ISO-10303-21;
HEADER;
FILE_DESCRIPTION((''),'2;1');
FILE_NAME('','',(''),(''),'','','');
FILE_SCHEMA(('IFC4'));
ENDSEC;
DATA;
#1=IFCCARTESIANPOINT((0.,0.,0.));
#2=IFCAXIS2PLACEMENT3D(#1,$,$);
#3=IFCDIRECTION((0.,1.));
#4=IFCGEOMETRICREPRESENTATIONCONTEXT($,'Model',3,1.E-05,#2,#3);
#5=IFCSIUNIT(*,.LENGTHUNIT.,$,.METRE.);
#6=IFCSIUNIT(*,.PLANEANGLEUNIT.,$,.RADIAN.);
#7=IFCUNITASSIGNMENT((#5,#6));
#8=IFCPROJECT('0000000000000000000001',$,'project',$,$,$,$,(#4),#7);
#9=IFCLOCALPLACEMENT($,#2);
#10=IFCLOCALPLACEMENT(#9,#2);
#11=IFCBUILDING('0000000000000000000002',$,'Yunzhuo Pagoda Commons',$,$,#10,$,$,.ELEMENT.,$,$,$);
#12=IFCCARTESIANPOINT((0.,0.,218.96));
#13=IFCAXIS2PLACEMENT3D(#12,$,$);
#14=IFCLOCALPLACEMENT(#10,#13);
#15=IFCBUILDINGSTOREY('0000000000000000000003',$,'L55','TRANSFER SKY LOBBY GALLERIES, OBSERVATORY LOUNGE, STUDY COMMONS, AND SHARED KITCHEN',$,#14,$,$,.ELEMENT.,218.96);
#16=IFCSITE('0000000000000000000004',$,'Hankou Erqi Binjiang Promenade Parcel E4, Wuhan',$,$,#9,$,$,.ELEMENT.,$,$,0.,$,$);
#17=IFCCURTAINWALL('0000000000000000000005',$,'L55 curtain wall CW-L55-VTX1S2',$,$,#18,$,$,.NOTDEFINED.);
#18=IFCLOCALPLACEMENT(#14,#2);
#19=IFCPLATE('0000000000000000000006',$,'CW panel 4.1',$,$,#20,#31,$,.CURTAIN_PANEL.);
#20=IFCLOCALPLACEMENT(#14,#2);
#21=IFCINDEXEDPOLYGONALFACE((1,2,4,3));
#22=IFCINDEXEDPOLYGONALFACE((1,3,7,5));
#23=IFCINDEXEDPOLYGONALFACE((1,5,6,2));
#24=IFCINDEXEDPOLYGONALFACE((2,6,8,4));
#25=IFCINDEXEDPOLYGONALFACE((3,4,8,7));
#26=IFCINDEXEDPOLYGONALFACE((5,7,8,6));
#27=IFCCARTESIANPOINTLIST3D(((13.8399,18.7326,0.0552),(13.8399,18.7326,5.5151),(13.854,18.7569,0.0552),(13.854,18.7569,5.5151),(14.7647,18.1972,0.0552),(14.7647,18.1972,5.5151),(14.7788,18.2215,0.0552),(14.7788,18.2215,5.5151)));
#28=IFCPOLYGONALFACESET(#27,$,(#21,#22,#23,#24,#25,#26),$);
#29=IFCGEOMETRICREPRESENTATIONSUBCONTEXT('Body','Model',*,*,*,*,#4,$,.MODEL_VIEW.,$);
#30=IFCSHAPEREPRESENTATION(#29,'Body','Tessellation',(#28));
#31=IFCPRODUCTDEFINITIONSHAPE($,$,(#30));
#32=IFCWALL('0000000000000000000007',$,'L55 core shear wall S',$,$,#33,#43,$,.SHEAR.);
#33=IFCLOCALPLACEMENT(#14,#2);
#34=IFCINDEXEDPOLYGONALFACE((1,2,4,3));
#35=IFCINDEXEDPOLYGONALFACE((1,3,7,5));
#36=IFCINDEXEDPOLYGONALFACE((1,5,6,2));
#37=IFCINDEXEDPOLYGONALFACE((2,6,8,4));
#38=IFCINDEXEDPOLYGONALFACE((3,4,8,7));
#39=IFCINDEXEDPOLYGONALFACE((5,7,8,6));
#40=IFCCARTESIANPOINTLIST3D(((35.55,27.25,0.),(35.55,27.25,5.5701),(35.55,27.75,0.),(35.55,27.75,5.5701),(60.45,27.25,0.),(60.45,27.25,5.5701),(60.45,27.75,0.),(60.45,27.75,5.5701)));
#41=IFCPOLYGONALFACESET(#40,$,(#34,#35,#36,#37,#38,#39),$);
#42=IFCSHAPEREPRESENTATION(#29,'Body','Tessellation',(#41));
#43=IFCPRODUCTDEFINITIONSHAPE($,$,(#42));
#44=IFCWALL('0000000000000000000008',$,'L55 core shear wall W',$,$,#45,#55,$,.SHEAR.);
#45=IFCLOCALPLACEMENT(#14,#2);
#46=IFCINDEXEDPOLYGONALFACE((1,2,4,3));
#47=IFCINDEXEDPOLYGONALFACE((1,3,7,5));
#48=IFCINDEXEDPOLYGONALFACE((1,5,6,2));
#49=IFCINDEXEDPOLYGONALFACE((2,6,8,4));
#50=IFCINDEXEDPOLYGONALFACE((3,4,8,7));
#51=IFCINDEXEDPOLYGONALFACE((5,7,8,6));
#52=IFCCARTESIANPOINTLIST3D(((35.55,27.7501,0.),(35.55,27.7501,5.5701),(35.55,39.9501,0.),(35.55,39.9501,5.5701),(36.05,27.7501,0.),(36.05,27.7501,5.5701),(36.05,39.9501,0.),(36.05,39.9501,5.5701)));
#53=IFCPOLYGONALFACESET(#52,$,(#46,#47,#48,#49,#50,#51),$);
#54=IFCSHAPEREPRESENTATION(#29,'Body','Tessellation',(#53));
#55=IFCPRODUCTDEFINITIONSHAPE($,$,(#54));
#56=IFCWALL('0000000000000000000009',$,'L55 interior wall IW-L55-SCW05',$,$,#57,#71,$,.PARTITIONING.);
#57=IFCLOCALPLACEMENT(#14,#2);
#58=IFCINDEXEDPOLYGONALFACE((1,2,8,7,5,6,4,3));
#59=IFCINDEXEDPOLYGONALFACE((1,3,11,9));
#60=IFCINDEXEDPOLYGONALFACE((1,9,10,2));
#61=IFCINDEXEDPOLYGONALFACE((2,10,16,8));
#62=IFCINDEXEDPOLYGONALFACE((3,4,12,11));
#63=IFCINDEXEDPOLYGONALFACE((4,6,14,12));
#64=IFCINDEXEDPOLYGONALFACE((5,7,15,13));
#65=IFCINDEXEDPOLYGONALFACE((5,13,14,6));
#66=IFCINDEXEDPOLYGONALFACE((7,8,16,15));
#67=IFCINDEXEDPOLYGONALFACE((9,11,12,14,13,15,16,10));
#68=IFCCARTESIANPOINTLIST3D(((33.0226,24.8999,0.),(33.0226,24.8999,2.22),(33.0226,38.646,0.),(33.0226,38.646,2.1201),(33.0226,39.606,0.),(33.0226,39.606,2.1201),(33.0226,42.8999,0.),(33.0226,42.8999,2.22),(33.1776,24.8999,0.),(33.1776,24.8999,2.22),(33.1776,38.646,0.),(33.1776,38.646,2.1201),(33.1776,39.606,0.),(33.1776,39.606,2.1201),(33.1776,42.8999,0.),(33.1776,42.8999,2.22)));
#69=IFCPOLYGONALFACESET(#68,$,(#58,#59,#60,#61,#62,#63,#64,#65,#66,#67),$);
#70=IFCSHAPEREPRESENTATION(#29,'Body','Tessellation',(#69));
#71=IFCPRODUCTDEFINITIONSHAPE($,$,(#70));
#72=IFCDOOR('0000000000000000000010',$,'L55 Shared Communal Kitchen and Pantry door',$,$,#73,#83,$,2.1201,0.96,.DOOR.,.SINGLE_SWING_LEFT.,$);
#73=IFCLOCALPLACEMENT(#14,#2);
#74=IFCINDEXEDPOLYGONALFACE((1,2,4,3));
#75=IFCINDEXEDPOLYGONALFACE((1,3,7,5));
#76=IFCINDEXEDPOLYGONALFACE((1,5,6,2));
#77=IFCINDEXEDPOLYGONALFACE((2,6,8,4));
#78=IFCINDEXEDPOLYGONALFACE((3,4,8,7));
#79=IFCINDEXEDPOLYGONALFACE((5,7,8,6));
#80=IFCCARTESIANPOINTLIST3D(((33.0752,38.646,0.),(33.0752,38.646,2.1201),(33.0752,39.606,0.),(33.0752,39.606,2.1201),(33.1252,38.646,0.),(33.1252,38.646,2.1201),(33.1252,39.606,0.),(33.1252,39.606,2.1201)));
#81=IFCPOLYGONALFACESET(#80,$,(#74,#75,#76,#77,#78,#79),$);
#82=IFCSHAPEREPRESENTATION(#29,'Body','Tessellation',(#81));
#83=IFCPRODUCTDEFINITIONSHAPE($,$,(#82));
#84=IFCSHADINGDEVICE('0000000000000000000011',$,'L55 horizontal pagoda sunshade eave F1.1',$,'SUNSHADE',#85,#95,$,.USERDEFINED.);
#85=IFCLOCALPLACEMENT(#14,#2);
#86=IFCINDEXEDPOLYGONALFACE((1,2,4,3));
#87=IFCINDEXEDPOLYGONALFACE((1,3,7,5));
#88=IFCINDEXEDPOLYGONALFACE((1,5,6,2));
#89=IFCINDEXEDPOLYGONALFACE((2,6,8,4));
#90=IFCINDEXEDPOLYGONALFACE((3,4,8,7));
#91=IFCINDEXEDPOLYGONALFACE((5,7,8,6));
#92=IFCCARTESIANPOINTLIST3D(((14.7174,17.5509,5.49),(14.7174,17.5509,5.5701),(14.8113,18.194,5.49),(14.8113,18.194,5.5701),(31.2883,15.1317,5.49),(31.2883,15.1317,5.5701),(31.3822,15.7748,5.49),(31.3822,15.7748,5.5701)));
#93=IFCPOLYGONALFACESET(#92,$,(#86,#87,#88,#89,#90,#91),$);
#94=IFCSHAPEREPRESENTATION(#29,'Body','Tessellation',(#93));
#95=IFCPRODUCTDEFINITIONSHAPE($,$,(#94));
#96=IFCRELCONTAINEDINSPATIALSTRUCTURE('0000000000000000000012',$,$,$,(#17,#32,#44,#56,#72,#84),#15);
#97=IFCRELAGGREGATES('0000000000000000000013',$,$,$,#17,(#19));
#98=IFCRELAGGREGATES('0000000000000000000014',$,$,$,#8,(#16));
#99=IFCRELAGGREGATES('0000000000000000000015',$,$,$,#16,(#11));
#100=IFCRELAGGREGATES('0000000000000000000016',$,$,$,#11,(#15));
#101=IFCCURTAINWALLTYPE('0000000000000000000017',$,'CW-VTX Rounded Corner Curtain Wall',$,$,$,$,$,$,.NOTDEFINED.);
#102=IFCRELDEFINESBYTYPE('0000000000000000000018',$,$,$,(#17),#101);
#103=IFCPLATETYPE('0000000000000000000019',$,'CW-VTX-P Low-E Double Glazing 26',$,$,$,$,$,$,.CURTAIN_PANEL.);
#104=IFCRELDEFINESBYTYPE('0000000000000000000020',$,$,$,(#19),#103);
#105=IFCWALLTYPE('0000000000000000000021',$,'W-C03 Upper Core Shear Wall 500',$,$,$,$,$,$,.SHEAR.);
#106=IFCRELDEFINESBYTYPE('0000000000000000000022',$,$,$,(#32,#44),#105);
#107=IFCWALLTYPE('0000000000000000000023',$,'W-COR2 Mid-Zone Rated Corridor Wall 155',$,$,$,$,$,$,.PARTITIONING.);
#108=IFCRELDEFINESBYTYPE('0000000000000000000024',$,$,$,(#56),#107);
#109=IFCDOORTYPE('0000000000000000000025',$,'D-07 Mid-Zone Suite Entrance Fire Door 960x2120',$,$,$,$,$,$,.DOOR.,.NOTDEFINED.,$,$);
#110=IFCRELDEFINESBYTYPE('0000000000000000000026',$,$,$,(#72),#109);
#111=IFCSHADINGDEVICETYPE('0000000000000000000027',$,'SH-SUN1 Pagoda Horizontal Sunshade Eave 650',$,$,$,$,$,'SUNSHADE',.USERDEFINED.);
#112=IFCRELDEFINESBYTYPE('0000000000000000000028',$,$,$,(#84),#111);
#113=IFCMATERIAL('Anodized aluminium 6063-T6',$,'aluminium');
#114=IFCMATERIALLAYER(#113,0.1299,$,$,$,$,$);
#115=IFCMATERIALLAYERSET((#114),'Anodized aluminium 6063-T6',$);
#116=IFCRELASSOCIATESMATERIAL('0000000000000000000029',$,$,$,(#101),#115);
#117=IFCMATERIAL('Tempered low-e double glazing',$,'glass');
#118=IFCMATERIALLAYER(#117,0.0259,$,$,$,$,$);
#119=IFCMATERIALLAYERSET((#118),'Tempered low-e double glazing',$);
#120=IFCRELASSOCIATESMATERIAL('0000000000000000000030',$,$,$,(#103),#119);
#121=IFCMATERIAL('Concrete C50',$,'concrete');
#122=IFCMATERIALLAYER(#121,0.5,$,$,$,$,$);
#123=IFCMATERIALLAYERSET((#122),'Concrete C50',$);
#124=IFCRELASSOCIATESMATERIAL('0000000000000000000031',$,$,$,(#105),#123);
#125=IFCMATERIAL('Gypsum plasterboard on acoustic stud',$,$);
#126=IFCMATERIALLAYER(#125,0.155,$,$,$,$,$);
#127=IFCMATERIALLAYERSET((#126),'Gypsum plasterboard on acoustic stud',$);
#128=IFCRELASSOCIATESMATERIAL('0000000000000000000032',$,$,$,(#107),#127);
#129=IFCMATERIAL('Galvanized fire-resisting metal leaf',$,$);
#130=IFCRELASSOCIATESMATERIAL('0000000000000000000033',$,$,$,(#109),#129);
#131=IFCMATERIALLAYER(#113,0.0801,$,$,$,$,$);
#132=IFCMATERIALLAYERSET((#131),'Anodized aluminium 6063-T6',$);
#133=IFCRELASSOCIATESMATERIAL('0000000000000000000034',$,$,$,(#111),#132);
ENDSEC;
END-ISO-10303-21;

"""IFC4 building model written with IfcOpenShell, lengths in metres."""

from ifc_helpers import new_model, si_unit, direction, frame, frame_2d, origin, origin_with_axes, origin_2d, place, context, subcontext, project, spatial, rectangle, extrude, source, transform, mapped, material, layer, layer_set, type_object, element, fill, aggregate, save


model = new_model("IFC4")

# Units and contexts
model_context = context("Model", 3, precision=1e-05, world=origin(), true_north=direction((0.0, 1.0)))
body_context = subcontext(model_context, "Body", "Model", "MODEL_VIEW")
ifc_project = project(units=[si_unit("LENGTHUNIT", "METRE"), si_unit("PLANEANGLEUNIT", "RADIAN")], contexts=[model_context])

# Site, building, storey
site_placement = place(None, origin())
site = spatial("IfcSite", under=ifc_project, at=site_placement, Name="Hankou Erqi Binjiang Promenade Parcel E4, Wuhan", CompositionType="ELEMENT", RefElevation=0.0)
building_placement = place(site_placement, origin())
building = spatial("IfcBuilding", under=site, at=building_placement, Name="Yunzhuo Pagoda Commons", CompositionType="ELEMENT")
storey_placement = place(building_placement, frame((0.0, 0.0, 218.96)))
storey = spatial("IfcBuildingStorey", under=building, at=storey_placement, Name="L55", Description="TRANSFER SKY LOBBY GALLERIES, OBSERVATORY LOUNGE, STUDY COMMONS, AND SHARED KITCHEN", CompositionType="ELEMENT", Elevation=218.96)

# Shared definitions
ifc_material_1 = material(Name="Anodized aluminium 6063-T6", Category="aluminium")

# Curtain wall
ifc_layer_1 = layer(ifc_material_1, 0.1299)
ifc_layer_set_1 = layer_set([ifc_layer_1], Name="Anodized aluminium 6063-T6")
curtain_wall_type_1 = type_object("IfcCurtainWallType", Name="CW-VTX Rounded Corner Curtain Wall", PredefinedType="NOTDEFINED", material=ifc_layer_set_1)
curtain_wall_1_placement = place(storey_placement, origin())
curtain_wall_1 = element("IfcCurtainWall", 1, at=curtain_wall_1_placement, inside=storey, type_object=curtain_wall_type_1, Name="L55 curtain wall CW-L55-VTX1S2", PredefinedType="NOTDEFINED")

# Plate
ifc_material_2 = material(Name="Tempered low-e double glazing", Category="glass")
ifc_layer_2 = layer(ifc_material_2, 0.0259)
ifc_layer_set_2 = layer_set([ifc_layer_2], Name="Tempered low-e double glazing")
plate_type_1 = type_object("IfcPlateType", Name="CW-VTX-P Low-E Double Glazing 26", PredefinedType="CURTAIN_PANEL", material=ifc_layer_set_2)
shared_shape_1 = source(origin(), body_context, "Body", "SweptSolid", [
    extrude(rectangle(XDim=1.0686, YDim=0.0281, at=origin_2d()), origin(), (0.0, 0.0, 1.0), 5.46),
])
plate_1_placement = place(storey_placement, frame((14.3093, 18.4771, 0.0552), z_axis=(0.0, 0.0, 1.0), x_axis=(0.865432, -0.501027, 0.0)))
plate_1 = element("IfcPlate", 2, at=plate_1_placement, type_object=plate_type_1, Name="CW panel 4.1", PredefinedType="CURTAIN_PANEL", context=body_context, shape_type="MappedRepresentation", body=[
    mapped(shared_shape_1, transform((0.0, 0.0, 0.0), scale=1.0)),
])
aggregate(curtain_wall_1, [plate_1])

# Walls
ifc_material_3 = material(Name="Concrete C50", Category="concrete")
ifc_layer_3 = layer(ifc_material_3, 0.5)
ifc_layer_set_3 = layer_set([ifc_layer_3], Name="Concrete C50")
wall_type_1 = type_object("IfcWallType", Name="W-C03 Upper Core Shear Wall 500", PredefinedType="SHEAR", material=ifc_layer_set_3)
wall_1_placement = place(storey_placement, frame((35.55, 27.5, 0.0), z_axis=(0.0, 0.0, 1.0), x_axis=(1.0, 0.0, 0.0)))
element("IfcWall", 3, at=wall_1_placement, inside=storey, type_object=wall_type_1, Name="L55 core shear wall S", PredefinedType="SHEAR", context=body_context, shape_type="SweptSolid", body=[
    extrude(rectangle(XDim=24.8999, YDim=0.5, at=frame_2d((12.45, 0.0))), origin(), (0.0, 0.0, 1.0), 5.5701),
])
wall_2_placement = place(storey_placement, frame((35.8, 27.75, 0.0), z_axis=(0.0, 0.0, 1.0), x_axis=(0.0, 1.0, 0.0)))
element("IfcWall", 4, at=wall_2_placement, inside=storey, type_object=wall_type_1, Name="L55 core shear wall W", PredefinedType="SHEAR", context=body_context, shape_type="SweptSolid", body=[
    extrude(rectangle(XDim=12.2, YDim=0.5, at=frame_2d((6.1001, 0.0))), origin(), (0.0, 0.0, 1.0), 5.5701),
])

# Wall, opening, door
ifc_material_4 = material(Name="Gypsum plasterboard on acoustic stud")
ifc_layer_4 = layer(ifc_material_4, 0.155)
ifc_layer_set_4 = layer_set([ifc_layer_4], Name="Gypsum plasterboard on acoustic stud")
wall_type_2 = type_object("IfcWallType", Name="W-COR2 Mid-Zone Rated Corridor Wall 155", PredefinedType="PARTITIONING", material=ifc_layer_set_4)
wall_3_placement = place(storey_placement, frame((33.1001, 24.8999, 0.0), z_axis=(0.0, 0.0, 1.0), x_axis=(0.0, 1.0, 0.0)))
wall_3 = element("IfcWall", 5, at=wall_3_placement, inside=storey, type_object=wall_type_2, Name="L55 interior wall IW-L55-SCW05", PredefinedType="PARTITIONING", context=body_context, shape_type="SweptSolid", body=[
    extrude(rectangle(XDim=18.0, YDim=0.155, at=frame_2d((9.0, 0.0))), origin(), (0.0, 0.0, 1.0), 2.22),
])
opening_placement = place(wall_3_placement, frame((13.7461, 0.0, 0.0)))
opening = element("IfcOpeningElement", 6, at=opening_placement, cuts=wall_3, PredefinedType="OPENING", context=body_context, shape_type="SweptSolid", body=[
    extrude(rectangle(XDim=0.96, YDim=2.1201, at=frame_2d((0.48, 1.0601))), frame((0.0, 0.0874, 0.0), z_axis=(0.0, -1.0, 0.0), x_axis=(1.0, 0.0, 0.0)), (0.0, 0.0, 1.0), 0.175),
])
ifc_material_5 = material(Name="Galvanized fire-resisting metal leaf")
door_type = type_object("IfcDoorType", Name="D-07 Mid-Zone Suite Entrance Fire Door 960x2120", OperationType="NOTDEFINED", PredefinedType="DOOR", material=ifc_material_5)
shared_shape_2 = source(origin(), body_context, "Body", "SweptSolid", [
    extrude(rectangle(XDim=0.96, YDim=2.1201, at=frame_2d((0.48, 1.0601))), frame((0.0, 0.0249, 0.0), z_axis=(0.0, -1.0, 0.0), x_axis=(1.0, 0.0, 0.0)), (0.0, 0.0, 1.0), 0.05),
])
door_placement = place(opening_placement, origin_with_axes())
door = element("IfcDoor", 7, at=door_placement, inside=storey, type_object=door_type, Name="L55 Shared Communal Kitchen and Pantry door", OperationType="SINGLE_SWING_LEFT", OverallHeight=2.1201, OverallWidth=0.96, PredefinedType="DOOR", context=body_context, shape_type="MappedRepresentation", body=[
    mapped(shared_shape_2, transform((0.0, 0.0, 0.0), scale=1.0)),
])
fill(opening, door)

# Shading device
ifc_layer_5 = layer(ifc_material_1, 0.0801)
ifc_layer_set_5 = layer_set([ifc_layer_5], Name="Anodized aluminium 6063-T6")
shading_device_type = type_object("IfcShadingDeviceType", Name="SH-SUN1 Pagoda Horizontal Sunshade Eave 650", ElementType="SUNSHADE", PredefinedType="USERDEFINED", material=ifc_layer_set_5)
shared_shape_3 = source(origin(), body_context, "Body", "SweptSolid", [
    extrude(rectangle(XDim=16.7466, YDim=0.6499, at=origin_2d()), origin(), (0.0, 0.0, 1.0), 0.0801),
])
shading_device_placement = place(storey_placement, frame((23.0498, 16.6628, 5.49), z_axis=(0.0, 0.0, 1.0), x_axis=(0.989511, -0.14446, 0.0)))
element("IfcShadingDevice", 8, at=shading_device_placement, inside=storey, type_object=shading_device_type, Name="L55 horizontal pagoda sunshade eave F1.1", ObjectType="SUNSHADE", PredefinedType="USERDEFINED", context=body_context, shape_type="MappedRepresentation", body=[
    mapped(shared_shape_3, transform((0.0, 0.0, 0.0), scale=1.0)),
])

save(model, "model.ifc")
